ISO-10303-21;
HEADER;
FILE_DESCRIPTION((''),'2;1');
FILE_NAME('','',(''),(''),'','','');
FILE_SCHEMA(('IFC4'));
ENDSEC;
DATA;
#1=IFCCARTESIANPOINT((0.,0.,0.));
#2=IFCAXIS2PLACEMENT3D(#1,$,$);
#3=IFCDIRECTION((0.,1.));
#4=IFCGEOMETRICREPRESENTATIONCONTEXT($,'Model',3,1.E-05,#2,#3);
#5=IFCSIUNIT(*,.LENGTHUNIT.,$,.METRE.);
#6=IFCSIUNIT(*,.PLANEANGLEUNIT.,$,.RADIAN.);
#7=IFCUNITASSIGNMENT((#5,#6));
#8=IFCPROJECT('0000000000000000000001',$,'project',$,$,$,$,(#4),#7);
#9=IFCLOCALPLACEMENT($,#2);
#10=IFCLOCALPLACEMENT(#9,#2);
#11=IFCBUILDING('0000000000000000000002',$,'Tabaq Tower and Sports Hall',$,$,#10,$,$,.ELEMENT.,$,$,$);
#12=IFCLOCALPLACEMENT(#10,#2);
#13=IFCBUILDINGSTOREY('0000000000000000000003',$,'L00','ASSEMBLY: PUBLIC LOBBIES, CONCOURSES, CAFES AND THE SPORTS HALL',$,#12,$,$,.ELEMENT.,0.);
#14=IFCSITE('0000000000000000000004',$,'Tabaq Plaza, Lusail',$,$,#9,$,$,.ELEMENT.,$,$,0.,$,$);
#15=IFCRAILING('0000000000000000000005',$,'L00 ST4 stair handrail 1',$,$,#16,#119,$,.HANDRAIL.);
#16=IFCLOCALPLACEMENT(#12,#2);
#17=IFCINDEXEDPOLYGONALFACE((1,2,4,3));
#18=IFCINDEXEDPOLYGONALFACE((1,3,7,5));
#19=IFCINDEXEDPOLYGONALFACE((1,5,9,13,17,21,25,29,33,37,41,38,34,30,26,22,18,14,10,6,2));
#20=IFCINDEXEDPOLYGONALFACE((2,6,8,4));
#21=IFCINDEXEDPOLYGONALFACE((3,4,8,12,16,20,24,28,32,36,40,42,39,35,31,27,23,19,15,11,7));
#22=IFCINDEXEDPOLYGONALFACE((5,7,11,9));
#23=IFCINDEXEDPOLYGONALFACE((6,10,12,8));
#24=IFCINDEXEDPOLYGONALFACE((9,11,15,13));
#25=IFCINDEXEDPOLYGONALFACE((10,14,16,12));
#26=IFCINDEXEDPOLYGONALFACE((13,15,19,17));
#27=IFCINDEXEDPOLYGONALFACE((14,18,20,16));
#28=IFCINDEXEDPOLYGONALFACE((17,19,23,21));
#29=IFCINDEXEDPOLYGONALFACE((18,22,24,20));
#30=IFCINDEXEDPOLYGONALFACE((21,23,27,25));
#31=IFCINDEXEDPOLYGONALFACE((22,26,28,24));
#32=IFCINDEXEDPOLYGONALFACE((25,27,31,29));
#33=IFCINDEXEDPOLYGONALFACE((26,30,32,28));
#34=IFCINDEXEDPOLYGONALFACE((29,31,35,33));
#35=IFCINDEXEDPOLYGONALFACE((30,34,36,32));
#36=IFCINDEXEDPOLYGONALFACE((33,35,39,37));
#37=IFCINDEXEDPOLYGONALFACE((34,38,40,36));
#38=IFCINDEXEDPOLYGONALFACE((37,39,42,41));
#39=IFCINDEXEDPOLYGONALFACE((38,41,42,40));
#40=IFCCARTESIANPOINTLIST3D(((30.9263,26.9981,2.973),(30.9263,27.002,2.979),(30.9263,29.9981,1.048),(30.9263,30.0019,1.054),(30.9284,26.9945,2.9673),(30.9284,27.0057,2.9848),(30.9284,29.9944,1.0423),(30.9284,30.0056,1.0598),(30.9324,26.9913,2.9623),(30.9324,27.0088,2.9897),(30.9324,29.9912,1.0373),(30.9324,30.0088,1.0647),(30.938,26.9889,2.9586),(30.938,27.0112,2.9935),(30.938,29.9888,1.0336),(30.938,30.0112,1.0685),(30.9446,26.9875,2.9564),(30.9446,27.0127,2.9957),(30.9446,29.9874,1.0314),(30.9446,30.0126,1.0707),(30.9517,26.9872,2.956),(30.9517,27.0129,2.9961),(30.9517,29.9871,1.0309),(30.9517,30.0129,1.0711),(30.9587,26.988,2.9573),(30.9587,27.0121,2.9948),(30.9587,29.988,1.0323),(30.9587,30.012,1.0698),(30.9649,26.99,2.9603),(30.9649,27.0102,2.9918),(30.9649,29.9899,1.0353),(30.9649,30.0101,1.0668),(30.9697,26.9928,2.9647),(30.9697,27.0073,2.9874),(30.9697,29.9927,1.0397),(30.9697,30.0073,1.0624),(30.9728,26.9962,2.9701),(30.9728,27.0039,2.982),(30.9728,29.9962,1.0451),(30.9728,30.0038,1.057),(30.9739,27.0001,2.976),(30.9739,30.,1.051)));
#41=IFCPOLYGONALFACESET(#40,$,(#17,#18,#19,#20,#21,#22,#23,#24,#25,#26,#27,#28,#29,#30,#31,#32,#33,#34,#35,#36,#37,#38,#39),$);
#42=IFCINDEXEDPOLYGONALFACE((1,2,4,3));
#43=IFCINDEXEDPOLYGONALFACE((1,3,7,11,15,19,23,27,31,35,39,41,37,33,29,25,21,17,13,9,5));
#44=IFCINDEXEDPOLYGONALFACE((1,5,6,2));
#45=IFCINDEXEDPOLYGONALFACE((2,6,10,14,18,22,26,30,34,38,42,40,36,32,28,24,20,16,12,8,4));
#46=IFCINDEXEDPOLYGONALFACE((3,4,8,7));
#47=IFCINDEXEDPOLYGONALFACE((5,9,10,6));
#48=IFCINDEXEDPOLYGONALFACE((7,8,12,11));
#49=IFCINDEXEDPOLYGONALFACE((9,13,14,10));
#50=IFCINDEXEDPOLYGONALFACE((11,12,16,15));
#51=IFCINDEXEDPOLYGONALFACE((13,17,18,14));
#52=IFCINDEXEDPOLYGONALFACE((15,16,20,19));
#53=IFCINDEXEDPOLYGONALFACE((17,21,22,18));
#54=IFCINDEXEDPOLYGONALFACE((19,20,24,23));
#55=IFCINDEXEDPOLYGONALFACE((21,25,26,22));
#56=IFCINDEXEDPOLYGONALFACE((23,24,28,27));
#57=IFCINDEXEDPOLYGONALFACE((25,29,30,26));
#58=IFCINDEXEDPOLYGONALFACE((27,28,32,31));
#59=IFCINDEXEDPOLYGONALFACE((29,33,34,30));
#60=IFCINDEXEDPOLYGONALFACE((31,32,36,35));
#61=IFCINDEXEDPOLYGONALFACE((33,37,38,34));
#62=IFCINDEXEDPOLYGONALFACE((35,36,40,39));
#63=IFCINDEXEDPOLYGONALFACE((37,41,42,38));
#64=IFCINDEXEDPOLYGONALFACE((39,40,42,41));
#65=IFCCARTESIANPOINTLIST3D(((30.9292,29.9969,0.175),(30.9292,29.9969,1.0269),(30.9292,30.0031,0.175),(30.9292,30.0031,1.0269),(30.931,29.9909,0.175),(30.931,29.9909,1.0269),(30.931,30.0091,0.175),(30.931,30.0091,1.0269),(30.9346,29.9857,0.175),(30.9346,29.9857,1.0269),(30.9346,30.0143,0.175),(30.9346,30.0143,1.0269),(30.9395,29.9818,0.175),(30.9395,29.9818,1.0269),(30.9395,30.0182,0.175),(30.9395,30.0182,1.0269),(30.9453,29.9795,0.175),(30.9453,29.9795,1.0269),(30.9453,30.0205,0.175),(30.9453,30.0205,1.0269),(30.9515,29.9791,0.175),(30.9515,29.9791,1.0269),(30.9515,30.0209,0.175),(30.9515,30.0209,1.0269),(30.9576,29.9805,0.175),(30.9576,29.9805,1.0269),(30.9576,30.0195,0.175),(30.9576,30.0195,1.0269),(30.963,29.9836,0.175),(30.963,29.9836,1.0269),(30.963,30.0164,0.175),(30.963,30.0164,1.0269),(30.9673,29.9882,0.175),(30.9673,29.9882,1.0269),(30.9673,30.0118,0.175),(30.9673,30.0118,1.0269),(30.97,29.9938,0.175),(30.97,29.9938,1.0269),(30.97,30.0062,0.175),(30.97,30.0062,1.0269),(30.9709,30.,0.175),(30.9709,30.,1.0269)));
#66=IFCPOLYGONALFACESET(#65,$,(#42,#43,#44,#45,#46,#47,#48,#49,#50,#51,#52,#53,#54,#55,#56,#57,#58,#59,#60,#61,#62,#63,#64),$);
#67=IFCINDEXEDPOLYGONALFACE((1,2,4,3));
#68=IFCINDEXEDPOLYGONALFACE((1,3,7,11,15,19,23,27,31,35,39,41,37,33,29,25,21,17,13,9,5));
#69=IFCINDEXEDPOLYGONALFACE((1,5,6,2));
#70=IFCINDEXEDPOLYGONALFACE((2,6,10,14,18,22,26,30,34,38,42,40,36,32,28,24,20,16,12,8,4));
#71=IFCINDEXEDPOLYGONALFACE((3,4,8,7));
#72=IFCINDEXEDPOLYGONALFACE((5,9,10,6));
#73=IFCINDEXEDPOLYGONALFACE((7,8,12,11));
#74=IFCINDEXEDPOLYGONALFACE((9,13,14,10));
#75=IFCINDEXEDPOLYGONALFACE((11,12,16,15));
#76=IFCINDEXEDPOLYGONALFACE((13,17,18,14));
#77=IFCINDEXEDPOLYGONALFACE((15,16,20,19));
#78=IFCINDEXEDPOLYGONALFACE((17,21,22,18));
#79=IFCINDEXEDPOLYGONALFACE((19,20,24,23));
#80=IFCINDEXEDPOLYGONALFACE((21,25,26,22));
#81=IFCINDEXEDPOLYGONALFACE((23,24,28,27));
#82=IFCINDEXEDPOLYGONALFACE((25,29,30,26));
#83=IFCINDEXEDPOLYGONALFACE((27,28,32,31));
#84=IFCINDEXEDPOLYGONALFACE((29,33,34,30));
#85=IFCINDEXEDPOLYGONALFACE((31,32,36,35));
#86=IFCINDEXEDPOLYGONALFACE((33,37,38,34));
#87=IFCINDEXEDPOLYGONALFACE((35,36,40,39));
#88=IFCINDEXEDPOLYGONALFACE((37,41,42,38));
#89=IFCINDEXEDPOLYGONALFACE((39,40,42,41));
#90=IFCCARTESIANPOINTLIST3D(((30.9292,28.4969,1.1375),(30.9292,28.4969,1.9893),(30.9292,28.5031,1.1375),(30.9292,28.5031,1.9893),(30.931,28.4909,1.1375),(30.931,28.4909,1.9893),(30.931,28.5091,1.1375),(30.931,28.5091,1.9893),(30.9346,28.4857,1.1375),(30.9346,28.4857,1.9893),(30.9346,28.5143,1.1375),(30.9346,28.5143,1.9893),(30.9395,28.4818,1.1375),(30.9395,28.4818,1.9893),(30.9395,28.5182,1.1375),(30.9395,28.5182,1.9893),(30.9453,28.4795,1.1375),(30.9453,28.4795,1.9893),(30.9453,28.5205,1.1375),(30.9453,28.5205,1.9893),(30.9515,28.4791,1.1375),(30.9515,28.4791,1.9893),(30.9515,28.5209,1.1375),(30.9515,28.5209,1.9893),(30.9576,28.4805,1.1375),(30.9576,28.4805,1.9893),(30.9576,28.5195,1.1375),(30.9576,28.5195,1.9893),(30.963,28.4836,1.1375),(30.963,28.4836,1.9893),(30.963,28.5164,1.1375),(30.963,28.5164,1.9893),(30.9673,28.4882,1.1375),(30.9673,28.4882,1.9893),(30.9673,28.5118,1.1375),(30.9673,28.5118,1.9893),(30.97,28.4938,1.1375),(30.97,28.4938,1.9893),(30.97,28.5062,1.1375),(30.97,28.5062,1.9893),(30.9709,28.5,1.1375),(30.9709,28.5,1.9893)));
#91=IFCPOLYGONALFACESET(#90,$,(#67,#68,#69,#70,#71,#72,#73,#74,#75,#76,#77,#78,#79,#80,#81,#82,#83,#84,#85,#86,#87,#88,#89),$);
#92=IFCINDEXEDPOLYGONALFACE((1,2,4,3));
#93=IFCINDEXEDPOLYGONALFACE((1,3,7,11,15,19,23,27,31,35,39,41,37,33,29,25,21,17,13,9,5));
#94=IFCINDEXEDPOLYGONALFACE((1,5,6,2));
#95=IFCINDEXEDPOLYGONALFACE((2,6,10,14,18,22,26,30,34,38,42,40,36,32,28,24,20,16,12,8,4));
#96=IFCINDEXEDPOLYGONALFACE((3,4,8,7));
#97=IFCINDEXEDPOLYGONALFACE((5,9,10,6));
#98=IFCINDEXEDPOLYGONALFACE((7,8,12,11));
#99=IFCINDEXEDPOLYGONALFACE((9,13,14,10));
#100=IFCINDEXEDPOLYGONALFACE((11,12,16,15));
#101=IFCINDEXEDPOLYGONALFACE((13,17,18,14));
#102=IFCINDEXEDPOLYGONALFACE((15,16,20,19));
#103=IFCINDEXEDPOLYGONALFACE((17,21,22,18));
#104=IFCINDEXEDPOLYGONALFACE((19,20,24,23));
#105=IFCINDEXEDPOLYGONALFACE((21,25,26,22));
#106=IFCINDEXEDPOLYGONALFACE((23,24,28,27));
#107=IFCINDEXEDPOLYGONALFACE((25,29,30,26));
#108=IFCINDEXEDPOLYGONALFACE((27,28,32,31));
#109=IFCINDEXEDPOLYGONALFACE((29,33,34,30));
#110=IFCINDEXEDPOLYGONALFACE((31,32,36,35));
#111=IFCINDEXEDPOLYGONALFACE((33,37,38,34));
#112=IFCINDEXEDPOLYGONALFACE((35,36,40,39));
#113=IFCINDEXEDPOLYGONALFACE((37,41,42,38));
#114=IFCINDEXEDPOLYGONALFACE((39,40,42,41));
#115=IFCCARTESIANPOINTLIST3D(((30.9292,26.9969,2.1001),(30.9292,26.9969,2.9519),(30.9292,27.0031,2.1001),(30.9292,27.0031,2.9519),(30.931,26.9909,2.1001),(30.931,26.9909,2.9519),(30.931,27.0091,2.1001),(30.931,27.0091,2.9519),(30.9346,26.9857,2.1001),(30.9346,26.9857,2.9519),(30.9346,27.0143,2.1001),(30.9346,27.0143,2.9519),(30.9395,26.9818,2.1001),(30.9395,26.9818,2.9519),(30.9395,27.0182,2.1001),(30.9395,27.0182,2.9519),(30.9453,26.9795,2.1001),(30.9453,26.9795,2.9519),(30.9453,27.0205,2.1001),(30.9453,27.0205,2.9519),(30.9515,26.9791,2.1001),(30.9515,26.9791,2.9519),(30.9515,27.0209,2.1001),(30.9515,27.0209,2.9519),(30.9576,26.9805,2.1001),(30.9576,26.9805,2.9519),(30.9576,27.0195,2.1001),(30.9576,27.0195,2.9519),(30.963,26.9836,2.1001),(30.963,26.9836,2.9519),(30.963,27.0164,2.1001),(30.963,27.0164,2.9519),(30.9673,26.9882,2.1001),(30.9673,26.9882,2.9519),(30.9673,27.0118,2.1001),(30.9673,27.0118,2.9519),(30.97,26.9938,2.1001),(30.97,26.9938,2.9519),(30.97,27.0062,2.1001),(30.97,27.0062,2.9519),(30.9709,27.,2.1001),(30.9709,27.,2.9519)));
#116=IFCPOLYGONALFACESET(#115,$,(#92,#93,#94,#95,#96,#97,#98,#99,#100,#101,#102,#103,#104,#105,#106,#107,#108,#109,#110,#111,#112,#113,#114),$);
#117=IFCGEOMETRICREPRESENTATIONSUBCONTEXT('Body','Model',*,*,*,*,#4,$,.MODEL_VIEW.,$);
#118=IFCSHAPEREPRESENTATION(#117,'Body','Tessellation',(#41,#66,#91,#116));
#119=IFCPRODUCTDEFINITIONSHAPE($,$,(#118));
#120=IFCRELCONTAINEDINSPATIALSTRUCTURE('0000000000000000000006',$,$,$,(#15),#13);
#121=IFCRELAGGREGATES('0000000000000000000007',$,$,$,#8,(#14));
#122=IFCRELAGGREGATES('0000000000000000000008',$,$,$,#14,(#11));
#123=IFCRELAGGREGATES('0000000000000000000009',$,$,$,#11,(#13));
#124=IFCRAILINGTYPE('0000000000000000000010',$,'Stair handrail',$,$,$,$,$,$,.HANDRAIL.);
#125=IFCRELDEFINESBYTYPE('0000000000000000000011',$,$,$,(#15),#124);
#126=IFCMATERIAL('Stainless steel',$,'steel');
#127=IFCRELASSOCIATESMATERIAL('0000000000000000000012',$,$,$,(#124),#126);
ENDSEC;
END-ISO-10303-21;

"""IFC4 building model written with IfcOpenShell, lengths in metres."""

from ifc_helpers import new_model, si_unit, direction, frame, origin, origin_2d, place, context, subcontext, project, spatial, circle, extrude, material, type_object, element, save


model = new_model("IFC4")

# Units and contexts
model_context = context("Model", 3, precision=1e-05, world=origin(), true_north=direction((0.0, 1.0)))
body_context = subcontext(model_context, "Body", "Model", "MODEL_VIEW")
ifc_project = project(units=[si_unit("LENGTHUNIT", "METRE"), si_unit("PLANEANGLEUNIT", "RADIAN")], contexts=[model_context])

# Site, building, storey
site_placement = place(None, origin())
site = spatial("IfcSite", under=ifc_project, at=site_placement, Name="Tabaq Plaza, Lusail", CompositionType="ELEMENT", RefElevation=0.0)
building_placement = place(site_placement, origin())
building = spatial("IfcBuilding", under=site, at=building_placement, Name="Tabaq Tower and Sports Hall", CompositionType="ELEMENT")
storey_placement = place(building_placement, origin())
storey = spatial("IfcBuildingStorey", under=building, at=storey_placement, Name="L00", Description="ASSEMBLY: PUBLIC LOBBIES, CONCOURSES, CAFES AND THE SPORTS HALL", CompositionType="ELEMENT", Elevation=0.0)

# Railing
ifc_material_1 = material(Name="Stainless steel", Category="steel")
railing_type_1 = type_object("IfcRailingType", Name="Stair handrail", PredefinedType="HANDRAIL", material=ifc_material_1)
railing_1_placement = place(storey_placement, frame((30.95, 30.0, 0.175)))
element("IfcRailing", 1, at=railing_1_placement, inside=storey, type_object=railing_type_1, Name="L00 ST4 stair handrail 1", PredefinedType="HANDRAIL", context=body_context, shape_type="SweptSolid", body=[
    extrude(circle(Radius=0.0239, at=origin_2d()), frame((0.0, 0.0, 0.876), z_axis=(0.0, -0.841628, 0.540058), x_axis=(1.0, 0.0, 0.0)), (0.0, 0.0, 1.0), 3.5645),
    extrude(circle(Radius=0.021, at=origin_2d()), origin(), (0.0, 0.0, 1.0), 0.8518),
    extrude(circle(Radius=0.021, at=origin_2d()), frame((0.0, -1.5, 0.9624)), (0.0, 0.0, 1.0), 0.8518),
    extrude(circle(Radius=0.021, at=origin_2d()), frame((0.0, -3.0, 1.925)), (0.0, 0.0, 1.0), 0.8518),
])

save(model, "model.ifc")
